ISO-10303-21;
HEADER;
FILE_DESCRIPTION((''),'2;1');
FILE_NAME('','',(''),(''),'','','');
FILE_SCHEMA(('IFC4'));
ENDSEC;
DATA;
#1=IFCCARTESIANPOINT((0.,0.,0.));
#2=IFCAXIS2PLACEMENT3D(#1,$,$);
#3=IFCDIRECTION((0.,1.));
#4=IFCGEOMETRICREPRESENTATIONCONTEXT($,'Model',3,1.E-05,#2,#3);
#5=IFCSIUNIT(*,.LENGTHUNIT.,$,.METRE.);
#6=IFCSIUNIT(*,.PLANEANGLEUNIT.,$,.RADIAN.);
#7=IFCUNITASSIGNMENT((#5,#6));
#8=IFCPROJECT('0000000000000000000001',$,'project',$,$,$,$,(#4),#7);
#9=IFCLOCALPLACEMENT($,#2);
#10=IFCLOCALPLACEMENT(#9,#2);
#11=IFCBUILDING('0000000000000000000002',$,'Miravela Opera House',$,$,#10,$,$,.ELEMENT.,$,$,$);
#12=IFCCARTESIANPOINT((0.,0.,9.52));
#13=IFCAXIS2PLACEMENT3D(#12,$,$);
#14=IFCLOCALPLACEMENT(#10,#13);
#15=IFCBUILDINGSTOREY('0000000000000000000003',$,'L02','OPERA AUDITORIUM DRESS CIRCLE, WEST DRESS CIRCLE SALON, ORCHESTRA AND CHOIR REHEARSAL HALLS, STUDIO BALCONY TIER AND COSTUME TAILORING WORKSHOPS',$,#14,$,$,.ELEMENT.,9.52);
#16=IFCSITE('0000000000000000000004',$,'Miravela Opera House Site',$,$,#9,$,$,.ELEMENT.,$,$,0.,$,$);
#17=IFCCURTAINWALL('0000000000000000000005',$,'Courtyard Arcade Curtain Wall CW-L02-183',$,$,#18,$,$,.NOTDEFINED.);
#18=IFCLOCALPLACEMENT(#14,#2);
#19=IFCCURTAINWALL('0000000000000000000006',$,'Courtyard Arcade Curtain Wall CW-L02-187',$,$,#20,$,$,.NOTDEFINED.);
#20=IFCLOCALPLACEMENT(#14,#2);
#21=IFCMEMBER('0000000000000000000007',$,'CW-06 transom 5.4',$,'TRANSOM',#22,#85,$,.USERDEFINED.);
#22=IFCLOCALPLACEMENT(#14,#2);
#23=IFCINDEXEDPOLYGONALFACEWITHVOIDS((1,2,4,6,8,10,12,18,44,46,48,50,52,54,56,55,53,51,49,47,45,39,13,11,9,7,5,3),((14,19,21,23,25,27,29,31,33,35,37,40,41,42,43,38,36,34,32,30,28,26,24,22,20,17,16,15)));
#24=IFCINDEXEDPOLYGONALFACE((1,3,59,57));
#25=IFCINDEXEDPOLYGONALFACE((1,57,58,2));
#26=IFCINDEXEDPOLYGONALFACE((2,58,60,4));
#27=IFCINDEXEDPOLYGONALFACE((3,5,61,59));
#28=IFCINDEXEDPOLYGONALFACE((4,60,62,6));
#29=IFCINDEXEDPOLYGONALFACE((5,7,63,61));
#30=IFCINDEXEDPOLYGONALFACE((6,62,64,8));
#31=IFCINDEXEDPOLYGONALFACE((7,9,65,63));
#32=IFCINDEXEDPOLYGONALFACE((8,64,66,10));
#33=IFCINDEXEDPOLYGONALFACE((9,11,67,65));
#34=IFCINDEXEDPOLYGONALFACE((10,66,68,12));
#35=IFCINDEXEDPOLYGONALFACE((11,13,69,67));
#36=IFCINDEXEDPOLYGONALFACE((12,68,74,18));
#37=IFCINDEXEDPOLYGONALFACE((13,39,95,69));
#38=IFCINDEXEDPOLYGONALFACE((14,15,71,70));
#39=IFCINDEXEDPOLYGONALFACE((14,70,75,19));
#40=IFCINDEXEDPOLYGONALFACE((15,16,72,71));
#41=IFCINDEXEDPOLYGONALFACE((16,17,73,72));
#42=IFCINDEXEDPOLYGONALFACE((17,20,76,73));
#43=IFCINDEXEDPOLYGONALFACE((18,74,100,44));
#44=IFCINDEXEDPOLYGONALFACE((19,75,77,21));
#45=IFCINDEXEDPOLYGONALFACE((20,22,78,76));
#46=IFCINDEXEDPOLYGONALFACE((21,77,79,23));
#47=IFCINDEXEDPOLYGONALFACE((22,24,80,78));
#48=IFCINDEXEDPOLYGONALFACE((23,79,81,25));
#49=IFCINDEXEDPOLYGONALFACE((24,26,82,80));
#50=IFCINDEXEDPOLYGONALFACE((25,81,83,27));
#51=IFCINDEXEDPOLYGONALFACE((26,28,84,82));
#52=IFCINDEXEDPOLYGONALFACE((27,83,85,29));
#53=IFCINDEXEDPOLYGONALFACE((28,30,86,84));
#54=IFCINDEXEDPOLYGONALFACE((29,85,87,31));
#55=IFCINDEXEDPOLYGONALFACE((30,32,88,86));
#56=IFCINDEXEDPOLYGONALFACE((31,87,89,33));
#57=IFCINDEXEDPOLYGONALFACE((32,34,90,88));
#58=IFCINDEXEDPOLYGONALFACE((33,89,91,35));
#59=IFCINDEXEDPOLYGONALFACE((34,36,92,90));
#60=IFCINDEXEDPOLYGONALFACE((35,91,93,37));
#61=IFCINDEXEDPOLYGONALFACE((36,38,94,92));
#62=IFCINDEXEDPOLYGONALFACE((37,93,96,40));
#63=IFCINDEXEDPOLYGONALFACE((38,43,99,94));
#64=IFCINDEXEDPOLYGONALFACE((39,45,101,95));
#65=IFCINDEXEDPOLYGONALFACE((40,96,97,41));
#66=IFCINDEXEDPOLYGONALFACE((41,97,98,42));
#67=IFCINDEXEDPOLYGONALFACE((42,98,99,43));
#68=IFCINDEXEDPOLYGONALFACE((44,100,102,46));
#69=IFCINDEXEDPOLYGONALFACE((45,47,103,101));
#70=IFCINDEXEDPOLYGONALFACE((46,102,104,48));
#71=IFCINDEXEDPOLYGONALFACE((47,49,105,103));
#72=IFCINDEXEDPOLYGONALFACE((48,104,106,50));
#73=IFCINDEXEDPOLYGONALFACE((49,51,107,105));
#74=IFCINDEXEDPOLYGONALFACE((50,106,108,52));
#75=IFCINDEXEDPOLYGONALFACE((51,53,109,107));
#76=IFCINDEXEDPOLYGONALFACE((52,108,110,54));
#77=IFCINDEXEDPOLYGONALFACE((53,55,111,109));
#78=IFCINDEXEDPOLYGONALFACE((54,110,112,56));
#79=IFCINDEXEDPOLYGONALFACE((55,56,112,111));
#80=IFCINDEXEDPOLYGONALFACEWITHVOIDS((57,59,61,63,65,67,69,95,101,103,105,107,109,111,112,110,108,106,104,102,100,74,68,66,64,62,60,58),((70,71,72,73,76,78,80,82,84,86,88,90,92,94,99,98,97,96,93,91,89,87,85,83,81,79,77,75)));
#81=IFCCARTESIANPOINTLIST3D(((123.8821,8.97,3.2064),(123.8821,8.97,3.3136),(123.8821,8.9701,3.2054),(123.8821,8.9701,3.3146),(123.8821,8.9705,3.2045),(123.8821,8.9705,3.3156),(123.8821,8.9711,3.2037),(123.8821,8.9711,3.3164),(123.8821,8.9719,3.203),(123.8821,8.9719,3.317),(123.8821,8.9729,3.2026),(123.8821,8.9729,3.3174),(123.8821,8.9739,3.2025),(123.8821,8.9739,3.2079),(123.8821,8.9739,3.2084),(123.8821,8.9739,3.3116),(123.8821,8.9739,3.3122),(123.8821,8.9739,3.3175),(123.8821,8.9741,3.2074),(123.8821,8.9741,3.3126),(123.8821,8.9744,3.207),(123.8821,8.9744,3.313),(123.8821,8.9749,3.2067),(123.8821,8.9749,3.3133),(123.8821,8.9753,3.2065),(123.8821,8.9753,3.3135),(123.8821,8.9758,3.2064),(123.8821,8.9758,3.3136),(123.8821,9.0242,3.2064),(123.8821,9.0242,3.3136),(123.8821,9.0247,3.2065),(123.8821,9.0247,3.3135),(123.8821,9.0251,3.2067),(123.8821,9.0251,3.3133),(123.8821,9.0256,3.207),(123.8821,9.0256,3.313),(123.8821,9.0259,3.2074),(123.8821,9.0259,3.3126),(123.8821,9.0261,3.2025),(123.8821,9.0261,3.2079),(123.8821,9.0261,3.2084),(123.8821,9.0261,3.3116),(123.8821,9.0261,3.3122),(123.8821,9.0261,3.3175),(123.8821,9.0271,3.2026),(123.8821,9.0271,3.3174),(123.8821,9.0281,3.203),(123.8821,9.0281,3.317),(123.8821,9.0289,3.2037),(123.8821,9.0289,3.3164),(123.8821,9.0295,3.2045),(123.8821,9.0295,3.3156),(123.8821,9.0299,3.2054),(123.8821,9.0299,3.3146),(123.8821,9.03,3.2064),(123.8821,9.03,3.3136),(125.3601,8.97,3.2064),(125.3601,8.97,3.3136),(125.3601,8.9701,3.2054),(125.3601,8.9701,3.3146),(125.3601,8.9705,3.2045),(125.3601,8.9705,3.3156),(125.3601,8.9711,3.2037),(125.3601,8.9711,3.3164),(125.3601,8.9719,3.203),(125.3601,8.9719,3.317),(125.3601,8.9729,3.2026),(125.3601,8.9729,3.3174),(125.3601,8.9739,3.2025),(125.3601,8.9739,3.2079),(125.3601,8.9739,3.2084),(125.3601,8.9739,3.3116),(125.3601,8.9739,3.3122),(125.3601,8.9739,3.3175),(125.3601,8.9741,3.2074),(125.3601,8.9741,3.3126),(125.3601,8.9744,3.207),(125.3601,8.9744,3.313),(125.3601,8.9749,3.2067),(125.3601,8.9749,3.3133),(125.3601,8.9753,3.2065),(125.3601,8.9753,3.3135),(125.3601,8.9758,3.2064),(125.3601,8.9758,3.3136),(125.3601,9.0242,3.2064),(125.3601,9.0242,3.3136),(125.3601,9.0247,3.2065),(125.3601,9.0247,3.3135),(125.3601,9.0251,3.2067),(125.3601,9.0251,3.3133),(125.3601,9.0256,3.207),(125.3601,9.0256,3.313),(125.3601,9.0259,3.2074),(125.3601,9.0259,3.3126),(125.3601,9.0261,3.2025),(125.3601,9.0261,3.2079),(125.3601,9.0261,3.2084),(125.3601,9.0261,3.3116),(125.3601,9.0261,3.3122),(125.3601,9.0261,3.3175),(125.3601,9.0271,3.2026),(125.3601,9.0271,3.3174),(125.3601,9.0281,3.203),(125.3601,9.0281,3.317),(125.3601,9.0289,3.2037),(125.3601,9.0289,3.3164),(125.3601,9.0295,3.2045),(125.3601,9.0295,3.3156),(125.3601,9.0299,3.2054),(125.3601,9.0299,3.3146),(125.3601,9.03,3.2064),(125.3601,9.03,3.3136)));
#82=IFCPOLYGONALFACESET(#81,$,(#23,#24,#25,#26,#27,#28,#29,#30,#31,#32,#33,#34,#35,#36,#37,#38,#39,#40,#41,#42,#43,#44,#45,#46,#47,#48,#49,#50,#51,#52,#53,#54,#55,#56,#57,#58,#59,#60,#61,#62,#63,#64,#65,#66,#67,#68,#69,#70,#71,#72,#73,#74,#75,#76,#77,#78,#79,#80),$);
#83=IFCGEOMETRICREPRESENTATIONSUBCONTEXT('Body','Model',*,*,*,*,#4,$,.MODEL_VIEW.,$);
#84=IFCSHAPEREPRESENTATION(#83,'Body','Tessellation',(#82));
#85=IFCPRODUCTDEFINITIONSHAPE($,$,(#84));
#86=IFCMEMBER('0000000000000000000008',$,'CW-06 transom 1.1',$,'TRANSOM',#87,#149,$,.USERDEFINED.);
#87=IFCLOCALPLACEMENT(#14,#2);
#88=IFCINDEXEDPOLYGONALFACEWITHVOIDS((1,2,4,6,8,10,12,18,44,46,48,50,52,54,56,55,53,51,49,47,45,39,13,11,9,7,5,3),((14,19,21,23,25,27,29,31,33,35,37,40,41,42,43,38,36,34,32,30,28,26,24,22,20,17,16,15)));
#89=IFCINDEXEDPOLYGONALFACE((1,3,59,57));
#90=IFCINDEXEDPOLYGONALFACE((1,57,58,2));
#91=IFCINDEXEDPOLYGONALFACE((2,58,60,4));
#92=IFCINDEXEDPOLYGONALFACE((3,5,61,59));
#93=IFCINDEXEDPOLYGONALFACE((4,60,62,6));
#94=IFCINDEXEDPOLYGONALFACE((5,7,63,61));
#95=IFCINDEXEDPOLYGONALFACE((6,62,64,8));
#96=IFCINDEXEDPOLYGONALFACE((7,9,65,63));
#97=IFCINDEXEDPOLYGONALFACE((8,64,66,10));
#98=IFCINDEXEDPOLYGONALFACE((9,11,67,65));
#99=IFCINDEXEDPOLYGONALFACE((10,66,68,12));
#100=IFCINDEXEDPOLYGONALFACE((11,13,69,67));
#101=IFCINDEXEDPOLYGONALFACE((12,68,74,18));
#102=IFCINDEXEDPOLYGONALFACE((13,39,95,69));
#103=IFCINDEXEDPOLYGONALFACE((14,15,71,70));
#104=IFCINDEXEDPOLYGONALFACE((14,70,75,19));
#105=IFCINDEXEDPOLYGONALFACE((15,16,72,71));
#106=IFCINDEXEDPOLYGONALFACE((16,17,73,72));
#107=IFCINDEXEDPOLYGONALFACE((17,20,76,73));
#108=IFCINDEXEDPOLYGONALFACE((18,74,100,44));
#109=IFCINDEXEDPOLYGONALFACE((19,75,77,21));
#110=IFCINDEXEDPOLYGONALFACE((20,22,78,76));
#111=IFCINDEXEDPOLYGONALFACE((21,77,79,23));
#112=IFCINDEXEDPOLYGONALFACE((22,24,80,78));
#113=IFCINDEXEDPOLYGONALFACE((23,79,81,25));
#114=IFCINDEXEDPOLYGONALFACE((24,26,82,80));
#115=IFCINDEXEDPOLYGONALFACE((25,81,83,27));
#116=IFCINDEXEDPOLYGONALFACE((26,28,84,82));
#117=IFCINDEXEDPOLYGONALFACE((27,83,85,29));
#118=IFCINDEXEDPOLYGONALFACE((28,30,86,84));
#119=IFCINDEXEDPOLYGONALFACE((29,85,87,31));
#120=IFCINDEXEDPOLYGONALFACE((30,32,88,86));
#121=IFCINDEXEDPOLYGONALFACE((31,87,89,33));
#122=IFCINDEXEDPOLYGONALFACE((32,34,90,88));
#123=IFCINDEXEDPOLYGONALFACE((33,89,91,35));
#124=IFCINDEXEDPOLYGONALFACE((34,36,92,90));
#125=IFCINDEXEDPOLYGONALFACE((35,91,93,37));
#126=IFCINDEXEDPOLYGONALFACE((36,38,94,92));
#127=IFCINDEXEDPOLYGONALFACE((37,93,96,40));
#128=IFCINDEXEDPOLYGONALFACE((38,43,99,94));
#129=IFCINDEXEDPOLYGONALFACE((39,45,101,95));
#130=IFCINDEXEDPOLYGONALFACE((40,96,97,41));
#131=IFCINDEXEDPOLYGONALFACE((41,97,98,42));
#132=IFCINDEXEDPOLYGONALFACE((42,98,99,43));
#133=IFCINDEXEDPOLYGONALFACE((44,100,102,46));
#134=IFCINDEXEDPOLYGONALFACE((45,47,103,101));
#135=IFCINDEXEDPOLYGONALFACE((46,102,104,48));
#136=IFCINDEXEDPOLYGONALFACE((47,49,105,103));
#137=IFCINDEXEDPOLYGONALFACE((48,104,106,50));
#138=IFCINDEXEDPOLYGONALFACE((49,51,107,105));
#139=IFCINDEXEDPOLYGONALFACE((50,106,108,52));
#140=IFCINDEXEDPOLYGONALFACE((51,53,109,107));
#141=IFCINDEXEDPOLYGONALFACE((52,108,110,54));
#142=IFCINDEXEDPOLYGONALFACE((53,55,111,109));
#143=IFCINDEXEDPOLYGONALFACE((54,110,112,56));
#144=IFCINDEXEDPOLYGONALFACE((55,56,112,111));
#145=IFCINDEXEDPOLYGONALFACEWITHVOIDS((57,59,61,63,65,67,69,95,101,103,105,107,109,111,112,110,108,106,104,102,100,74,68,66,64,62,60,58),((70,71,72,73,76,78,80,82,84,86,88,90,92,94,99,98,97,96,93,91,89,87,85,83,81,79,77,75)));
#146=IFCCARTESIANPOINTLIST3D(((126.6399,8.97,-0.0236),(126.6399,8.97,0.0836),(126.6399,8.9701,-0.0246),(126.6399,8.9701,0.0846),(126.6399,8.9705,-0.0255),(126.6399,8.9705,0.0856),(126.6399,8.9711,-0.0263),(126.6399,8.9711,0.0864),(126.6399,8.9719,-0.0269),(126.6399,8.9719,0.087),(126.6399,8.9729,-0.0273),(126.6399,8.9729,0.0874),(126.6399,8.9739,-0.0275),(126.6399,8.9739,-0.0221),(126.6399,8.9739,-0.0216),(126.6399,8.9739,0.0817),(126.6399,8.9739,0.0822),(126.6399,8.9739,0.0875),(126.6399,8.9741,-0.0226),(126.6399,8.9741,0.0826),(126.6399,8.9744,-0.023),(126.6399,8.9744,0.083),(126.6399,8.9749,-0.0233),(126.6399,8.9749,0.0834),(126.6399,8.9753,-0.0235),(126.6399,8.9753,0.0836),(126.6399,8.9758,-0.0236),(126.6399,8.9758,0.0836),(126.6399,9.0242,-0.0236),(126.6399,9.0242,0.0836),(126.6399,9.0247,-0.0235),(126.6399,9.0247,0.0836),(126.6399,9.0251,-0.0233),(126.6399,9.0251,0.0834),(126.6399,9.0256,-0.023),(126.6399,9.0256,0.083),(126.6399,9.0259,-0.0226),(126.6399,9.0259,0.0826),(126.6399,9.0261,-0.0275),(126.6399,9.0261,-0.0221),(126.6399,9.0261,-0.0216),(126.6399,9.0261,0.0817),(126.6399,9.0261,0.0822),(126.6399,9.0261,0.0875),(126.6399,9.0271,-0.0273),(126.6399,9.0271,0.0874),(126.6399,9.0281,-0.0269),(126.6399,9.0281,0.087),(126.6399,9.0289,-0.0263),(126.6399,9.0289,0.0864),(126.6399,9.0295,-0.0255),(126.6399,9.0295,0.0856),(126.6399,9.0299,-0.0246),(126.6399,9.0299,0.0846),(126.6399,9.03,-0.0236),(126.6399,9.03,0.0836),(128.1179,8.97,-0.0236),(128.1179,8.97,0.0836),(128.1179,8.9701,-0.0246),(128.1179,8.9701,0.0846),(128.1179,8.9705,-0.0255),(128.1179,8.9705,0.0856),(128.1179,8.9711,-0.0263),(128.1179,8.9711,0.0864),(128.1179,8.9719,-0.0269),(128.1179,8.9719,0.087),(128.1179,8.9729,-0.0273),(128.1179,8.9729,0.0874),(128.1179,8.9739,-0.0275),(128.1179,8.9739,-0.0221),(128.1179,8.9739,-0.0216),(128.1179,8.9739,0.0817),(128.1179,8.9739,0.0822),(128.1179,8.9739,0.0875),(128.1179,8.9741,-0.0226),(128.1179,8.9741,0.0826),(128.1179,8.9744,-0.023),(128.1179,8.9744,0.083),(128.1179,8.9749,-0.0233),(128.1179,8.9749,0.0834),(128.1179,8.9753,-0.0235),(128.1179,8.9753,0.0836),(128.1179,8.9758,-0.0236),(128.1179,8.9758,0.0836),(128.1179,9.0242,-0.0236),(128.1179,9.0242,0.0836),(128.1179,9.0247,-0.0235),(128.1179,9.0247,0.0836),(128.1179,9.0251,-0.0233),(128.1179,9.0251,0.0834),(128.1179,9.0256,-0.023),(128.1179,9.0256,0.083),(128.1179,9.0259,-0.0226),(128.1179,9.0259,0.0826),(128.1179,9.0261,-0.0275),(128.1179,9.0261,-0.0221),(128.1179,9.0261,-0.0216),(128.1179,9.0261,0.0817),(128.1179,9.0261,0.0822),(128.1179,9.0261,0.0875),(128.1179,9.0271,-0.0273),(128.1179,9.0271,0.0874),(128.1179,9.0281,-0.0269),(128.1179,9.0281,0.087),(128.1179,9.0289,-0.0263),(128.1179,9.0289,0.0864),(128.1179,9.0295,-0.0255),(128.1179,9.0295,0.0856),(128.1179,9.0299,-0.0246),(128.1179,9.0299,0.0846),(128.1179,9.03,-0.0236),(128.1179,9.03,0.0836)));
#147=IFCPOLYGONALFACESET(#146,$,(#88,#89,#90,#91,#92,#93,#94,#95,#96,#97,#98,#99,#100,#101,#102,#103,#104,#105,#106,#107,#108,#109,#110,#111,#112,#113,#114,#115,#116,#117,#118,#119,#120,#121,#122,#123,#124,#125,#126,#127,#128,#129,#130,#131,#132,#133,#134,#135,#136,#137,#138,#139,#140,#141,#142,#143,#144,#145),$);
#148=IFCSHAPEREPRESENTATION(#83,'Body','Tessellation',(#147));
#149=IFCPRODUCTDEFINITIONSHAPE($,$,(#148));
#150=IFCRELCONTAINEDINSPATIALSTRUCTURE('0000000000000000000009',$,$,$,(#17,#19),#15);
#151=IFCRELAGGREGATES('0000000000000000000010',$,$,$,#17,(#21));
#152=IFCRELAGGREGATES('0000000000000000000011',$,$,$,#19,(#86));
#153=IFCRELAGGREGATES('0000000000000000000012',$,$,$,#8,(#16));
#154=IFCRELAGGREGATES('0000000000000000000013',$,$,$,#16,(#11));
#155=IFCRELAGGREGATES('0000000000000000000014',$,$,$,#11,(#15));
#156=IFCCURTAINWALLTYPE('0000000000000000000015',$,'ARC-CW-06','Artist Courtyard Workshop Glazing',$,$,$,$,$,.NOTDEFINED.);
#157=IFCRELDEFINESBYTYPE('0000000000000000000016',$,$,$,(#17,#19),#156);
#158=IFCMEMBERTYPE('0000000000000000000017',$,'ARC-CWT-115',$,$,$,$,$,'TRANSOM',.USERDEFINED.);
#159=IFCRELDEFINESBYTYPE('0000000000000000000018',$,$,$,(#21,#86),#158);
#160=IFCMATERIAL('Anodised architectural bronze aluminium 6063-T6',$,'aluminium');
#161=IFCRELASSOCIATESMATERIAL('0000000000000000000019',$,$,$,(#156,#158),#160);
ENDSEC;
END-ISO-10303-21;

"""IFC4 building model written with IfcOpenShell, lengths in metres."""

from ifc_helpers import new_model, si_unit, direction, frame, origin, origin_2d, place, context, subcontext, project, spatial, hollow_rectangle, extrude, material, material_profile, profile_set, type_object, element, aggregate, save


model = new_model("IFC4")

# Units and contexts
model_context = context("Model", 3, precision=1e-05, world=origin(), true_north=direction((0.0, 1.0)))
body_context = subcontext(model_context, "Body", "Model", "MODEL_VIEW")
ifc_project = project(units=[si_unit("LENGTHUNIT", "METRE"), si_unit("PLANEANGLEUNIT", "RADIAN")], contexts=[model_context])

# Site, building, storey
site_placement = place(None, origin())
site = spatial("IfcSite", under=ifc_project, at=site_placement, Name="Miravela Opera House Site", CompositionType="ELEMENT", RefElevation=0.0)
building_placement = place(site_placement, origin())
building = spatial("IfcBuilding", under=site, at=building_placement, Name="Miravela Opera House", CompositionType="ELEMENT")
storey_placement = place(building_placement, frame((0.0, 0.0, 9.52)))
storey = spatial("IfcBuildingStorey", under=building, at=storey_placement, Name="L02", Description="OPERA AUDITORIUM DRESS CIRCLE, WEST DRESS CIRCLE SALON, ORCHESTRA AND CHOIR REHEARSAL HALLS, STUDIO BALCONY TIER AND COSTUME TAILORING WORKSHOPS", CompositionType="ELEMENT", Elevation=9.52)

# Curtain wall
ifc_material_1 = material(Name="Anodised architectural bronze aluminium 6063-T6", Category="aluminium")
curtain_wall_type = type_object("IfcCurtainWallType", Name="ARC-CW-06", Description="Artist Courtyard Workshop Glazing", PredefinedType="NOTDEFINED", material=ifc_material_1)
curtain_wall_1_placement = place(storey_placement, origin())
curtain_wall_1 = element("IfcCurtainWall", 1, at=curtain_wall_1_placement, inside=storey, type_object=curtain_wall_type, Name="Courtyard Arcade Curtain Wall CW-L02-183", PredefinedType="NOTDEFINED")

# Curtain wall
curtain_wall_2_placement = place(storey_placement, origin())
curtain_wall_2 = element("IfcCurtainWall", 2, at=curtain_wall_2_placement, inside=storey, type_object=curtain_wall_type, Name="Courtyard Arcade Curtain Wall CW-L02-187", PredefinedType="NOTDEFINED")

# Members
ifc_material_profile_1 = material_profile(ifc_material_1, hollow_rectangle(XDim=0.0601, YDim=0.115, WallThickness=0.0039, InnerFilletRadius=0.002, OuterFilletRadius=0.0039, at=origin_2d()), Name="CWT-60X115")
ifc_profile_set_1 = profile_set([ifc_material_profile_1])
member_type_1 = type_object("IfcMemberType", Name="ARC-CWT-115", ElementType="TRANSOM", PredefinedType="USERDEFINED", material=ifc_profile_set_1)
member_1_placement = place(storey_placement, frame((123.8821, 9.0, 3.26), z_axis=(1.0, 0.0, 0.0), x_axis=(0.0, 1.0, 0.0)))
member_1 = element("IfcMember", 3, at=member_1_placement, type_object=member_type_1, Name="CW-06 transom 5.4", ObjectType="TRANSOM", PredefinedType="USERDEFINED", context=body_context, shape_type="SweptSolid", body=[
    extrude(hollow_rectangle(XDim=0.0601, YDim=0.115, WallThickness=0.0039, InnerFilletRadius=0.002, OuterFilletRadius=0.0039, at=origin_2d()), origin(), (0.0, 0.0, 1.0), 1.478),
])
member_2_placement = place(storey_placement, frame((126.6399, 9.0, 0.03), z_axis=(1.0, 0.0, 0.0), x_axis=(0.0, 1.0, 0.0)))
member_2 = element("IfcMember", 4, at=member_2_placement, type_object=member_type_1, Name="CW-06 transom 1.1", ObjectType="TRANSOM", PredefinedType="USERDEFINED", context=body_context, shape_type="SweptSolid", body=[
    extrude(hollow_rectangle(XDim=0.0601, YDim=0.115, WallThickness=0.0039, InnerFilletRadius=0.002, OuterFilletRadius=0.0039, at=origin_2d()), origin(), (0.0, 0.0, 1.0), 1.478),
])

aggregate(curtain_wall_1, [member_1])
aggregate(curtain_wall_2, [member_2])

save(model, "model.ifc")
